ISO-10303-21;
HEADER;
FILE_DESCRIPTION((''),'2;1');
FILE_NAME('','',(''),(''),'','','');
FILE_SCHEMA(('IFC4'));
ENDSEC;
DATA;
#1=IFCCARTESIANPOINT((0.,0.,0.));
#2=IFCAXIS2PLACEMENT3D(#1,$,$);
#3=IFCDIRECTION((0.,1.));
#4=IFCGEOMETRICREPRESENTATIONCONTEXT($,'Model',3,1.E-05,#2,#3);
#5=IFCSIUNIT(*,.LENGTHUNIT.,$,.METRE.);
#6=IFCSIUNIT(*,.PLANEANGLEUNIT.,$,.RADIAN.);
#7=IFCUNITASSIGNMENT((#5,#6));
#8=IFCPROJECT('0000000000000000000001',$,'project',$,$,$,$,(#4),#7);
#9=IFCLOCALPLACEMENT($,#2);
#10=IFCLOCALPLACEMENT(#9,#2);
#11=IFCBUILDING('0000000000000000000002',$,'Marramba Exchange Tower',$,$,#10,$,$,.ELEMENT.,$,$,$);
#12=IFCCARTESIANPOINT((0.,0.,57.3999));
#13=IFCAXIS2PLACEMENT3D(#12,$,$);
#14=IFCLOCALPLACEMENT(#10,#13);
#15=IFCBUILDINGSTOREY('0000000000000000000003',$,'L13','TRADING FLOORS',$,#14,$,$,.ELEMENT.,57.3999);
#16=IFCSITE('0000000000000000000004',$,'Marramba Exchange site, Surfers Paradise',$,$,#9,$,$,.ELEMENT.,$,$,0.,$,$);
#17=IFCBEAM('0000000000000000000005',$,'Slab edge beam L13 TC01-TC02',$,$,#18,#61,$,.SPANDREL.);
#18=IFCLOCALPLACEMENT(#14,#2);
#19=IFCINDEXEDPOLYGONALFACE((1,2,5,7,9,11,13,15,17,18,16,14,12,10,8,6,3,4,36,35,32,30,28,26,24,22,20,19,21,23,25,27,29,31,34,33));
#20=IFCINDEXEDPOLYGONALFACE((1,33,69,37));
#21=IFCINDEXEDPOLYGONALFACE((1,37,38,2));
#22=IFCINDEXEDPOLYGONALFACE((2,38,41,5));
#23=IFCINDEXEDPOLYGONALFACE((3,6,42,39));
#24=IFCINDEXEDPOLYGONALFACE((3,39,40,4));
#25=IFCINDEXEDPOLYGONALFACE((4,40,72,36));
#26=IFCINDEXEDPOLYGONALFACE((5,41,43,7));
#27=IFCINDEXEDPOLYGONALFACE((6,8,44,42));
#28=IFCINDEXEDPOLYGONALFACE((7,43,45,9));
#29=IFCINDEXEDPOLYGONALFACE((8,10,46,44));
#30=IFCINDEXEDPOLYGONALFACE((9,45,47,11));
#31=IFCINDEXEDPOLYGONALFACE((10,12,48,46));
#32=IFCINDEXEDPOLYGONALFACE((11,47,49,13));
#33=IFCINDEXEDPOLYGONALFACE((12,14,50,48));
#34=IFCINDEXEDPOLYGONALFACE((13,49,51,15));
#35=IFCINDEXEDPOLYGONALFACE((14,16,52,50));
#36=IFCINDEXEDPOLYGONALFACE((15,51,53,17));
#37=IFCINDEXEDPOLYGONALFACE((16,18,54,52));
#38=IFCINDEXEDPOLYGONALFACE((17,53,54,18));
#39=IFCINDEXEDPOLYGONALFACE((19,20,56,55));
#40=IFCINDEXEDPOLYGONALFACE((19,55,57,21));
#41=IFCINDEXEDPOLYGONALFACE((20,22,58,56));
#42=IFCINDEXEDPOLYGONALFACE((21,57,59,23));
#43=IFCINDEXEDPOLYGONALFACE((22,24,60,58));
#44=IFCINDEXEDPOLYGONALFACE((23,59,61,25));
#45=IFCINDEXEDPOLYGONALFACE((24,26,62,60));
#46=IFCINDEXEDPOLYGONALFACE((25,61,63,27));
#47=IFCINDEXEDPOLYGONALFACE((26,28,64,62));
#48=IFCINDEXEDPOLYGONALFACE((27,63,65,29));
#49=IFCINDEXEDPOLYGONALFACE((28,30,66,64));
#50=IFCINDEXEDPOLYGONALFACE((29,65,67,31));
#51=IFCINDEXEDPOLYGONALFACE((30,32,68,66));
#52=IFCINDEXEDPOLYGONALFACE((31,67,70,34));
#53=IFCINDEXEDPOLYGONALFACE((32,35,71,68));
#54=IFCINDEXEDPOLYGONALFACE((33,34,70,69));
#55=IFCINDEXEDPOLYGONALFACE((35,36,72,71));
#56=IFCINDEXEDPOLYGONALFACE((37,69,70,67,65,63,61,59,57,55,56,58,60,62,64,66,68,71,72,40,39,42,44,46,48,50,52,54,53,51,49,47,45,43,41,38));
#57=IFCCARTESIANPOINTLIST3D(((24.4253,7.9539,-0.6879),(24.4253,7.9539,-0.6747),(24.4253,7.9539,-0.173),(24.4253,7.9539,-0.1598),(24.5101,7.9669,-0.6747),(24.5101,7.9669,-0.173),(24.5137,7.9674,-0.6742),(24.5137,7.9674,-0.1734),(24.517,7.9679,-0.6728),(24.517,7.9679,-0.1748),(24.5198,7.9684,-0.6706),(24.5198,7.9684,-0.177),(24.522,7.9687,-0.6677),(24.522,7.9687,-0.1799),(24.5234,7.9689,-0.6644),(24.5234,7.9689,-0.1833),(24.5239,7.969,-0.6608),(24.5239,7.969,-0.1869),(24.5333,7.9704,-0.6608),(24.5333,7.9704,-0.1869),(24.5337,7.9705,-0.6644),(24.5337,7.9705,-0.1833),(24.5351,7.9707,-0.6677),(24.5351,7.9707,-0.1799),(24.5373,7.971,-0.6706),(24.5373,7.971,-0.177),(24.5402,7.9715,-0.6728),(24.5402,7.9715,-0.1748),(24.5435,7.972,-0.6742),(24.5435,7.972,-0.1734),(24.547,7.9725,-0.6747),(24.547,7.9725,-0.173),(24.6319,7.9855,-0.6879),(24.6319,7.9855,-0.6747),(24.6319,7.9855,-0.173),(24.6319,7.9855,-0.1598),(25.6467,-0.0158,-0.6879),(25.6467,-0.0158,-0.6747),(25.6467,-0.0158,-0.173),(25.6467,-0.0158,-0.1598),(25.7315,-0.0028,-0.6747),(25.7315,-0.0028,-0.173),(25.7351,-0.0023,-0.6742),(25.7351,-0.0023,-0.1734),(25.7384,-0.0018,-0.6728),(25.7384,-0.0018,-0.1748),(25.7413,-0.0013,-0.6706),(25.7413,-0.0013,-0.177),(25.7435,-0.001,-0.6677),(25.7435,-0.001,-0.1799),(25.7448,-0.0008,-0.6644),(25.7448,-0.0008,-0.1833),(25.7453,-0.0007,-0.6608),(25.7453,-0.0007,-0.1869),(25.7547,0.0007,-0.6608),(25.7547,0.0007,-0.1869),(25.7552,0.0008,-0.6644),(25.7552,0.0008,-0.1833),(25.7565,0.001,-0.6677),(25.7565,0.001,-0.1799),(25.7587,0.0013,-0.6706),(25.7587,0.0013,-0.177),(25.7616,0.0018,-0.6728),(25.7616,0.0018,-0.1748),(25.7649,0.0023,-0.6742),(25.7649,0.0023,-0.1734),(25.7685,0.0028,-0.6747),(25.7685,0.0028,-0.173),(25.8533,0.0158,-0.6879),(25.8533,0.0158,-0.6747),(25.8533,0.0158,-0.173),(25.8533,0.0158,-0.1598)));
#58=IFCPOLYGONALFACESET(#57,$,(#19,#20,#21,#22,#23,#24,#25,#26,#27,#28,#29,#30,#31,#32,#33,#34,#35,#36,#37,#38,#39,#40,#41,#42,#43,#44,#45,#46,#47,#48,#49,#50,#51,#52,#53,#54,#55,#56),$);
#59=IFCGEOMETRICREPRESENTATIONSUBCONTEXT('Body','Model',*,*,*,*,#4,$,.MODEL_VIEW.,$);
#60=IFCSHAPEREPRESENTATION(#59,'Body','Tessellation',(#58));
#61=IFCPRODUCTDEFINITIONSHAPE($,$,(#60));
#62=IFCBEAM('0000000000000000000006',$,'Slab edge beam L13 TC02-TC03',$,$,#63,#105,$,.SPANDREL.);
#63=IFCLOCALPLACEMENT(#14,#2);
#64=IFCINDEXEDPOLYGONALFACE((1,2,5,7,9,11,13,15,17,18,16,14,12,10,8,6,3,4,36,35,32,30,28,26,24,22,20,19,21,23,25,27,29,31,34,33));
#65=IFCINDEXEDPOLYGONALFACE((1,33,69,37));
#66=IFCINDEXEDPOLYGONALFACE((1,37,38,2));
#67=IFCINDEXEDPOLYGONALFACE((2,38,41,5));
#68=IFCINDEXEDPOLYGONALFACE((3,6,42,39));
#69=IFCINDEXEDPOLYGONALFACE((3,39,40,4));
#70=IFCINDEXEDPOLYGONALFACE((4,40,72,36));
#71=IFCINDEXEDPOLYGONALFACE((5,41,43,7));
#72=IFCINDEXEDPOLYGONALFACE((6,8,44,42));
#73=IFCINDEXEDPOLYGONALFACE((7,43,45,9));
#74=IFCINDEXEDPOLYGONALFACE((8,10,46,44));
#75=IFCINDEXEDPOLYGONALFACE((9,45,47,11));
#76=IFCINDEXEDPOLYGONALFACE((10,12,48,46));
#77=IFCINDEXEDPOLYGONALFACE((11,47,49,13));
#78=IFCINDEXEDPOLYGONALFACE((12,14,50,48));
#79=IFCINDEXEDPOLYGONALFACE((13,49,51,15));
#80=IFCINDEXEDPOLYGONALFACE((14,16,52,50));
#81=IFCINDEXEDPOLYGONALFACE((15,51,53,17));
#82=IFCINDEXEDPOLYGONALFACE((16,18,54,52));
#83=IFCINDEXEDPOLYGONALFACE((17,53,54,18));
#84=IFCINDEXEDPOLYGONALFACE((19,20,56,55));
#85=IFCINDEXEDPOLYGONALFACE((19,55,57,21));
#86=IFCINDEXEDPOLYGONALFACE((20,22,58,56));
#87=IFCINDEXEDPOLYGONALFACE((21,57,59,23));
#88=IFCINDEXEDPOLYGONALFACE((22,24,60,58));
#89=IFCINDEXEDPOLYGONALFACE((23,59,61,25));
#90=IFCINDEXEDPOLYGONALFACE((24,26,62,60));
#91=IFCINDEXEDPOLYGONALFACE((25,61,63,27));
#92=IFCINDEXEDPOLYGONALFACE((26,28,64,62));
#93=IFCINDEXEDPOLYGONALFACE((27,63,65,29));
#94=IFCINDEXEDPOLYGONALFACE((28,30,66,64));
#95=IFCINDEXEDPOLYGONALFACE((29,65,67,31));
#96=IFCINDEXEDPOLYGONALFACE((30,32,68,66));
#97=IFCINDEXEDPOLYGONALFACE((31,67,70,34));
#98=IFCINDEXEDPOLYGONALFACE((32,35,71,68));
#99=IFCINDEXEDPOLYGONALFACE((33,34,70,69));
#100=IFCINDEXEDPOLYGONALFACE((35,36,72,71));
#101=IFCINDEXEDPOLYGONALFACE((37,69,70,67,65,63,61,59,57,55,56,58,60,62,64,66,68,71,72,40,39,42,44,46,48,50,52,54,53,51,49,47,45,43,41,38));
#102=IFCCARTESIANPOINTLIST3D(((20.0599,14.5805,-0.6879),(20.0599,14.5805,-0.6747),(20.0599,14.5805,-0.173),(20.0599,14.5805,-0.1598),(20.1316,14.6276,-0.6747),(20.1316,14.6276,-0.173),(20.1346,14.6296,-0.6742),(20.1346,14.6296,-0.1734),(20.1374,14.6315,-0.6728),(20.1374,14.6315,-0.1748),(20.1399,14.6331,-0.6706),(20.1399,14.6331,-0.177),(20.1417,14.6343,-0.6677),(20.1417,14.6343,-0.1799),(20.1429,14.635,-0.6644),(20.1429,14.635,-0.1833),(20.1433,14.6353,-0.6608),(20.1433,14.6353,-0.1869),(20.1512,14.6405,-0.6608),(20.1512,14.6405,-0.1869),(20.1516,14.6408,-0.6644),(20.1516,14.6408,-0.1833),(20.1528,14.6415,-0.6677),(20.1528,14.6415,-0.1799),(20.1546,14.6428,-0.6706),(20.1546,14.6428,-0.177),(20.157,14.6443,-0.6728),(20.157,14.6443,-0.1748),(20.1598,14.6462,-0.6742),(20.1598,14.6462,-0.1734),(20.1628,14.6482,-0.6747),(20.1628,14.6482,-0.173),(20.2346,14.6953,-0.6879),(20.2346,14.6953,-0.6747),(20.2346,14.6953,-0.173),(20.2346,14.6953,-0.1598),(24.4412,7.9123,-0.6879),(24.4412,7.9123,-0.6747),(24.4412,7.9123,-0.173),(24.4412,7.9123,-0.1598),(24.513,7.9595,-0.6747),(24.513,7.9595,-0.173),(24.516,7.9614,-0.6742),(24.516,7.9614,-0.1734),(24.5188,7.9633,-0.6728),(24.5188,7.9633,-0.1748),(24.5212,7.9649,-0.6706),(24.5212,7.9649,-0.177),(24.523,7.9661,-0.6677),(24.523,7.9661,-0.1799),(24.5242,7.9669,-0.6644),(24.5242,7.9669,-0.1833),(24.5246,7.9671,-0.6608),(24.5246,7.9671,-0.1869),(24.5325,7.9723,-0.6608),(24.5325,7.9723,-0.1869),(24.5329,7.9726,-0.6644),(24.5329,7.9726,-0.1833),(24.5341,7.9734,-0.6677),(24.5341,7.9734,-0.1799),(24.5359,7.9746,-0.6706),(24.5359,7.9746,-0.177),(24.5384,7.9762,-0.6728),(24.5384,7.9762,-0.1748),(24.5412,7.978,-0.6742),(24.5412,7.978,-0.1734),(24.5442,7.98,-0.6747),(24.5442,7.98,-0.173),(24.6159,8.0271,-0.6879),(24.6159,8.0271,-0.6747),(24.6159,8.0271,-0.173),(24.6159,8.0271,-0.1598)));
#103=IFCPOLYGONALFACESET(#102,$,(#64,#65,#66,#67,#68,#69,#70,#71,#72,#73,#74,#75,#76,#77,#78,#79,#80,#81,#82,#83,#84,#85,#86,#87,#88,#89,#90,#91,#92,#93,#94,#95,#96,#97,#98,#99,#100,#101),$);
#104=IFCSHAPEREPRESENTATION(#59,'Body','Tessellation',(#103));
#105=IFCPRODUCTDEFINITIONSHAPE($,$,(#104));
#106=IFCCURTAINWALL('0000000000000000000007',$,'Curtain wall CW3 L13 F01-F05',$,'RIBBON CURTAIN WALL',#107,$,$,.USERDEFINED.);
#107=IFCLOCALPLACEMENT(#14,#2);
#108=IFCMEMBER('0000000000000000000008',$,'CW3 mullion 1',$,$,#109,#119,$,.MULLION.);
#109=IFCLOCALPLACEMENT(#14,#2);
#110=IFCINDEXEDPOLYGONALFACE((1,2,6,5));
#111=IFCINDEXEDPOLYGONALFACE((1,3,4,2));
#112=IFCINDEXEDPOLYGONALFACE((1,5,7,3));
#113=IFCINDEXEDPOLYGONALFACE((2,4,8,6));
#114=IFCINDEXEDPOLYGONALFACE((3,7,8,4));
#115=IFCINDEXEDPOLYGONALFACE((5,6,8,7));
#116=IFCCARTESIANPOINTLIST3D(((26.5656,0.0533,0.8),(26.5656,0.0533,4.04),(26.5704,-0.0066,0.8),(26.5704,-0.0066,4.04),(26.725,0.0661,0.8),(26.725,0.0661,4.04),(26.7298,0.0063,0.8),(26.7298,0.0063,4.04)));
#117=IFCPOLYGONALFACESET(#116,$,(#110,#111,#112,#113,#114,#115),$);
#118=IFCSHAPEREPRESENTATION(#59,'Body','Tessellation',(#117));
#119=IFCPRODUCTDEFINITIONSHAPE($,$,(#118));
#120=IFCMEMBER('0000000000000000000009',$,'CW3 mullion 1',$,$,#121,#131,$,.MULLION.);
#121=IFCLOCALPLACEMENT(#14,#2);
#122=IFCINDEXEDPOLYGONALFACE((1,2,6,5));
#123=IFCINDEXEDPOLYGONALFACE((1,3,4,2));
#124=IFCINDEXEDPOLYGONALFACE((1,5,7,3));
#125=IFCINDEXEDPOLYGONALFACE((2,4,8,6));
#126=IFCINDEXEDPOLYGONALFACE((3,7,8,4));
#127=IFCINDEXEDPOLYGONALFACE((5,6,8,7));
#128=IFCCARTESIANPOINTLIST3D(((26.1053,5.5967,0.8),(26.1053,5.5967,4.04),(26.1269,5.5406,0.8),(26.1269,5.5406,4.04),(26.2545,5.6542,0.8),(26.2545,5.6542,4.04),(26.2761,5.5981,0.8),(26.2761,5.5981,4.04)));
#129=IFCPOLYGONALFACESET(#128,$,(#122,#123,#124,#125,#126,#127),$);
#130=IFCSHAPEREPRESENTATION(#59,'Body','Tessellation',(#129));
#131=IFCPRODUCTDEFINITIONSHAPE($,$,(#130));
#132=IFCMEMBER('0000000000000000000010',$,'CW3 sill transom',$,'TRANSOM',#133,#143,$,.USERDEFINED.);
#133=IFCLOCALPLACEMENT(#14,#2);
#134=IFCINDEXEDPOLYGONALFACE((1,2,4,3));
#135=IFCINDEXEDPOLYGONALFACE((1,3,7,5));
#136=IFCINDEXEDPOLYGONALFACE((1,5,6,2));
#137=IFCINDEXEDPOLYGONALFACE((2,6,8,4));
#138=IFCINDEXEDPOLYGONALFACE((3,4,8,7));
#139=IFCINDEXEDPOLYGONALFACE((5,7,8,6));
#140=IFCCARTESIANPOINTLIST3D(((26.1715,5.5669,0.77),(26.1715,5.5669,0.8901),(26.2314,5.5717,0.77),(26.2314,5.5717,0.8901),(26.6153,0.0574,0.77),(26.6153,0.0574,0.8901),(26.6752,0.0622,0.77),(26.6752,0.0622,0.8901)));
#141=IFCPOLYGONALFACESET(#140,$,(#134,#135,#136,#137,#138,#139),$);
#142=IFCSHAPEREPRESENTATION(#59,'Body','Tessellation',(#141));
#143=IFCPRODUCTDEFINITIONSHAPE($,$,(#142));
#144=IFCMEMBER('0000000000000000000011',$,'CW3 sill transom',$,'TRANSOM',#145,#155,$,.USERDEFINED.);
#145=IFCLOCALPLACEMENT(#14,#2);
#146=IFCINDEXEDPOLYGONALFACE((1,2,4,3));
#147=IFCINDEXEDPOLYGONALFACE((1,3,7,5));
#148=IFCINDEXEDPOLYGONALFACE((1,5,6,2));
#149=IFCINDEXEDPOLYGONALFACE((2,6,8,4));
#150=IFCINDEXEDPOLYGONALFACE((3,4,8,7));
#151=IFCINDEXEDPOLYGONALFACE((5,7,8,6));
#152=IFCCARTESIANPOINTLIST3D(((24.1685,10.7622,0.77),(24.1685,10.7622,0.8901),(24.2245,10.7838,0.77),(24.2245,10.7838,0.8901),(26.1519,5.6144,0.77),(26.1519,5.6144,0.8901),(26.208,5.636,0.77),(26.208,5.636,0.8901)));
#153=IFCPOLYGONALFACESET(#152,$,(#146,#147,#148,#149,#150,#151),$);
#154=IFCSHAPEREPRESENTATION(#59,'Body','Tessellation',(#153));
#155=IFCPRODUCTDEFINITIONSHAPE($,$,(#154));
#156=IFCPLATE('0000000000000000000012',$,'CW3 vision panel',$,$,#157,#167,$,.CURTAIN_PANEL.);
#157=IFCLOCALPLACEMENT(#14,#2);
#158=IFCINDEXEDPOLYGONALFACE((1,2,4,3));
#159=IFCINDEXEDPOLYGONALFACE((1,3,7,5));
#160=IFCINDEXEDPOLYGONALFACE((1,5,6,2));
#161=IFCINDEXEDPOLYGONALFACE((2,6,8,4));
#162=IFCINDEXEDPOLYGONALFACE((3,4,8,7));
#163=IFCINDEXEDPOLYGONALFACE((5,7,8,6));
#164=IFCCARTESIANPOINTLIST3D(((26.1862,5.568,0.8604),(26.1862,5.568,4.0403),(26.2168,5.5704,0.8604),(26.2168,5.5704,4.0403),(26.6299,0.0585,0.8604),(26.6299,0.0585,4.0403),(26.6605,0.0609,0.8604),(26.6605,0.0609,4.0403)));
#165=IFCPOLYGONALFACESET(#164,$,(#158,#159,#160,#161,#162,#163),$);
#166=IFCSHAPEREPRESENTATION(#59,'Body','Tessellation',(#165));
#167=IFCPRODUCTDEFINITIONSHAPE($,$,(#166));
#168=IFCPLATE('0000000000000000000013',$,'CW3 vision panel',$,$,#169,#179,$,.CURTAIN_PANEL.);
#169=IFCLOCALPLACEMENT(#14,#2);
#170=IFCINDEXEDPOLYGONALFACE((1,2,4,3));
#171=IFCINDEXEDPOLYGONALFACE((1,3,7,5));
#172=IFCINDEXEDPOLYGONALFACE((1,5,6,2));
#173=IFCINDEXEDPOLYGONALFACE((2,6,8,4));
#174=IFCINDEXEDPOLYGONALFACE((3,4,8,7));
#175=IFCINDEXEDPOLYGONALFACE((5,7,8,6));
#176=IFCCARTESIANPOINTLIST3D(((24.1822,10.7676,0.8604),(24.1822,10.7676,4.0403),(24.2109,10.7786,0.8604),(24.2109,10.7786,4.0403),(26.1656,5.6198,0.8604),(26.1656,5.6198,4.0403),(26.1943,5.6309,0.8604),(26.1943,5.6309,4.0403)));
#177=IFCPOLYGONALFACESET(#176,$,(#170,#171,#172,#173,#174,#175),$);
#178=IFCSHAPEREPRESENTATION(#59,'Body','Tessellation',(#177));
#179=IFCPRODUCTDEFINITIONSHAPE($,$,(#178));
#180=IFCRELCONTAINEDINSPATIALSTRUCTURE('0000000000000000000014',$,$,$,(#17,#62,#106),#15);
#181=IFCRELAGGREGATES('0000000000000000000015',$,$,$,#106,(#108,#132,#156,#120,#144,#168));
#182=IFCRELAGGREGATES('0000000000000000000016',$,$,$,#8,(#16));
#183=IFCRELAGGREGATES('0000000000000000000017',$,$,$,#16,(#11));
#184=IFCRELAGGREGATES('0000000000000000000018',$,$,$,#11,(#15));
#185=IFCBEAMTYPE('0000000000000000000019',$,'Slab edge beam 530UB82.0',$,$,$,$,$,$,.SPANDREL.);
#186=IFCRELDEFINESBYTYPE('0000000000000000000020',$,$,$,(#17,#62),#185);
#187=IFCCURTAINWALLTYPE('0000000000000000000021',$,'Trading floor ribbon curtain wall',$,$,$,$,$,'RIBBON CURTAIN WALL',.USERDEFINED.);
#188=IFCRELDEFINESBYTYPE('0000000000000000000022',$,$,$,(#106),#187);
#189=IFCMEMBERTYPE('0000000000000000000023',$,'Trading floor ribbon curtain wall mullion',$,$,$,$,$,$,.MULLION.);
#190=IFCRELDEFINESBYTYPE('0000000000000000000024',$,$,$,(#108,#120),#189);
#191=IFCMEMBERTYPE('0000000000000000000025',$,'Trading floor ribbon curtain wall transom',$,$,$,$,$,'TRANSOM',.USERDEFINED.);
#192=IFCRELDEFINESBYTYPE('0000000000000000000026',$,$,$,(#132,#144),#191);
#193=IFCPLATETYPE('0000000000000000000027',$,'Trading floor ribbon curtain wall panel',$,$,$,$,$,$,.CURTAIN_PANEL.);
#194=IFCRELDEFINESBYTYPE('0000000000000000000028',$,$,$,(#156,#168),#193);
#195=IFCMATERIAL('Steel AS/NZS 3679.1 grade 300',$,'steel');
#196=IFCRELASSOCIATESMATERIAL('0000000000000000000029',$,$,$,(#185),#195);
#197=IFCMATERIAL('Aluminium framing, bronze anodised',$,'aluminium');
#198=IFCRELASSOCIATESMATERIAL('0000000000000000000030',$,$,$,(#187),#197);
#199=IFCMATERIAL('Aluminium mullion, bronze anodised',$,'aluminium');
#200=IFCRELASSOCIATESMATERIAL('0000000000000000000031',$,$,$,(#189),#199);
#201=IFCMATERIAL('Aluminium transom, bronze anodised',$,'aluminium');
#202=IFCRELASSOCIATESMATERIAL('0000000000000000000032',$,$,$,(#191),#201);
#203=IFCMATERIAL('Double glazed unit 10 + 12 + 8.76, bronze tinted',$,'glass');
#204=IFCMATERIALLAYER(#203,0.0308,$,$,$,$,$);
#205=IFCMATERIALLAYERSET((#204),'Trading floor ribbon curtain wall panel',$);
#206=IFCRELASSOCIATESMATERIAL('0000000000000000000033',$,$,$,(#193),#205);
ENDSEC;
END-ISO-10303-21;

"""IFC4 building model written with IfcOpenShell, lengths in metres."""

from ifc_helpers import new_model, si_unit, direction, frame, origin, origin_2d, place, context, subcontext, project, spatial, rectangle, i_section, extrude, material, layer, layer_set, material_profile, profile_set, type_object, element, aggregate, save


model = new_model("IFC4")

# Units and contexts
model_context = context("Model", 3, precision=1e-05, world=origin(), true_north=direction((0.0, 1.0)))
body_context = subcontext(model_context, "Body", "Model", "MODEL_VIEW")
ifc_project = project(units=[si_unit("LENGTHUNIT", "METRE"), si_unit("PLANEANGLEUNIT", "RADIAN")], contexts=[model_context])

# Site, building, storey
site_placement = place(None, origin())
site = spatial("IfcSite", under=ifc_project, at=site_placement, Name="Marramba Exchange site, Surfers Paradise", CompositionType="ELEMENT", RefElevation=0.0)
building_placement = place(site_placement, origin())
building = spatial("IfcBuilding", under=site, at=building_placement, Name="Marramba Exchange Tower", CompositionType="ELEMENT")
storey_placement = place(building_placement, frame((0.0, 0.0, 57.3999)))
storey = spatial("IfcBuildingStorey", under=building, at=storey_placement, Name="L13", Description="TRADING FLOORS", CompositionType="ELEMENT", Elevation=57.3999)

# Beams
ifc_material_1 = material(Name="Steel AS/NZS 3679.1 grade 300", Category="steel")
ifc_material_profile_1 = material_profile(ifc_material_1, i_section(OverallWidth=0.209, OverallDepth=0.5281, WebThickness=0.0095, FlangeThickness=0.0132, FilletRadius=0.0139, at=origin_2d()), Name="530UB82.0")
ifc_profile_set_1 = profile_set([ifc_material_profile_1], Name="Steel AS/NZS 3679.1 grade 300")
beam_type_1 = type_object("IfcBeamType", Name="Slab edge beam 530UB82.0", PredefinedType="SPANDREL", material=ifc_profile_set_1)
beam_1_placement = place(storey_placement, frame((25.75, 0.0, -0.4238), z_axis=(-0.151491, 0.988459, 0.0), x_axis=(-0.988459, -0.151491, 0.0)))
element("IfcBeam", 1, at=beam_1_placement, inside=storey, type_object=beam_type_1, Name="Slab edge beam L13 TC01-TC02", PredefinedType="SPANDREL", context=body_context, shape_type="SweptSolid", body=[
    extrude(i_section(OverallWidth=0.209, OverallDepth=0.5281, WebThickness=0.0095, FlangeThickness=0.0132, FilletRadius=0.0139, at=origin_2d()), origin(), (0.0, 0.0, 1.0), 8.0627),
])
beam_2_placement = place(storey_placement, frame((24.5286, 7.9697, -0.4238), z_axis=(-0.549124, 0.835741, 0.0), x_axis=(-0.835741, -0.549124, 0.0)))
element("IfcBeam", 2, at=beam_2_placement, inside=storey, type_object=beam_type_1, Name="Slab edge beam L13 TC02-TC03", PredefinedType="SPANDREL", context=body_context, shape_type="SweptSolid", body=[
    extrude(i_section(OverallWidth=0.209, OverallDepth=0.5281, WebThickness=0.0095, FlangeThickness=0.0132, FilletRadius=0.0139, at=origin_2d()), origin(), (0.0, 0.0, 1.0), 7.9788),
])

# Curtain wall, members, plates
ifc_material_2 = material(Name="Aluminium framing, bronze anodised", Category="aluminium")
curtain_wall_type = type_object("IfcCurtainWallType", Name="Trading floor ribbon curtain wall", ElementType="RIBBON CURTAIN WALL", PredefinedType="USERDEFINED", material=ifc_material_2)
curtain_wall_placement = place(storey_placement, origin())
curtain_wall = element("IfcCurtainWall", 3, at=curtain_wall_placement, inside=storey, type_object=curtain_wall_type, Name="Curtain wall CW3 L13 F01-F05", ObjectType="RIBBON CURTAIN WALL", PredefinedType="USERDEFINED")
ifc_material_3 = material(Name="Aluminium mullion, bronze anodised", Category="aluminium")
ifc_material_profile_2 = material_profile(ifc_material_3, rectangle(XDim=0.1599, YDim=0.0601, at=origin_2d()), Name="CW3 mullion 60x160")
ifc_profile_set_2 = profile_set([ifc_material_profile_2], Name="Aluminium mullion, bronze anodised")
member_type_1 = type_object("IfcMemberType", Name="Trading floor ribbon curtain wall mullion", PredefinedType="MULLION", material=ifc_profile_set_2)
member_1_placement = place(storey_placement, frame((26.6477, 0.0298, 0.8), z_axis=(0.0, 0.0, 1.0), x_axis=(-0.996773, -0.080275, 0.0)))
member_1 = element("IfcMember", 4, at=member_1_placement, type_object=member_type_1, Name="CW3 mullion 1", PredefinedType="MULLION", context=body_context, shape_type="SweptSolid", body=[
    extrude(rectangle(XDim=0.1599, YDim=0.0601, at=origin_2d()), origin(), (0.0, 0.0, 1.0), 3.24),
])
member_2_placement = place(storey_placement, frame((26.1907, 5.5974, 0.8), z_axis=(0.0, 0.0, 1.0), x_axis=(-0.933135, -0.359526, 0.0)))
member_2 = element("IfcMember", 5, at=member_2_placement, type_object=member_type_1, Name="CW3 mullion 1", PredefinedType="MULLION", context=body_context, shape_type="SweptSolid", body=[
    extrude(rectangle(XDim=0.1599, YDim=0.0601, at=origin_2d()), origin(), (0.0, 0.0, 1.0), 3.24),
])
ifc_material_4 = material(Name="Aluminium transom, bronze anodised", Category="aluminium")
ifc_material_profile_3 = material_profile(ifc_material_4, rectangle(XDim=0.0601, YDim=0.1201, at=origin_2d()), Name="CW3 transom 60x120")
ifc_profile_set_3 = profile_set([ifc_material_profile_3], Name="Aluminium transom, bronze anodised")
member_type_2 = type_object("IfcMemberType", Name="Trading floor ribbon curtain wall transom", ElementType="TRANSOM", PredefinedType="USERDEFINED", material=ifc_profile_set_3)
member_3_placement = place(storey_placement, frame((26.6453, 0.0598, 0.8301), z_axis=(-0.0803, 0.996771, 0.0), x_axis=(-0.996771, -0.0803, 0.0)))
member_3 = element("IfcMember", 6, at=member_3_placement, type_object=member_type_2, Name="CW3 sill transom", ObjectType="TRANSOM", PredefinedType="USERDEFINED", context=body_context, shape_type="SweptSolid", body=[
    extrude(rectangle(XDim=0.0601, YDim=0.1201, at=origin_2d()), origin(), (0.0, 0.0, 1.0), 5.5273),
])
member_4_placement = place(storey_placement, frame((26.1799, 5.6252, 0.8301), z_axis=(-0.359534, 0.933132, 0.0), x_axis=(-0.933132, -0.359534, 0.0)))
member_4 = element("IfcMember", 7, at=member_4_placement, type_object=member_type_2, Name="CW3 sill transom", ObjectType="TRANSOM", PredefinedType="USERDEFINED", context=body_context, shape_type="SweptSolid", body=[
    extrude(rectangle(XDim=0.0601, YDim=0.1201, at=origin_2d()), origin(), (0.0, 0.0, 1.0), 5.5166),
])
ifc_material_5 = material(Name="Double glazed unit 10 + 12 + 8.76, bronze tinted", Category="glass")
ifc_layer_1 = layer(ifc_material_5, 0.0308)
ifc_layer_set_1 = layer_set([ifc_layer_1], Name="Trading floor ribbon curtain wall panel")
plate_type = type_object("IfcPlateType", Name="Trading floor ribbon curtain wall panel", PredefinedType="CURTAIN_PANEL", material=ifc_layer_set_1)
plate_1_placement = place(storey_placement, frame((26.4233, 2.8145, 0.8604), z_axis=(0.0, 0.0, 1.0), x_axis=(-0.080275, 0.996773, 0.0)))
plate_1 = element("IfcPlate", 8, at=plate_1_placement, type_object=plate_type, Name="CW3 vision panel", PredefinedType="CURTAIN_PANEL", context=body_context, shape_type="SweptSolid", body=[
    extrude(rectangle(XDim=5.5273, YDim=0.0308, at=origin_2d()), origin(), (0.0, 0.0, 1.0), 3.1799),
])
plate_2_placement = place(storey_placement, frame((25.1882, 8.1992, 0.8604), z_axis=(0.0, 0.0, 1.0), x_axis=(-0.359526, 0.933135, 0.0)))
plate_2 = element("IfcPlate", 9, at=plate_2_placement, type_object=plate_type, Name="CW3 vision panel", PredefinedType="CURTAIN_PANEL", context=body_context, shape_type="SweptSolid", body=[
    extrude(rectangle(XDim=5.5166, YDim=0.0308, at=origin_2d()), origin(), (0.0, 0.0, 1.0), 3.1799),
])
aggregate(curtain_wall, [member_1, member_3, plate_1, member_2, member_4, plate_2])

save(model, "model.ifc")
